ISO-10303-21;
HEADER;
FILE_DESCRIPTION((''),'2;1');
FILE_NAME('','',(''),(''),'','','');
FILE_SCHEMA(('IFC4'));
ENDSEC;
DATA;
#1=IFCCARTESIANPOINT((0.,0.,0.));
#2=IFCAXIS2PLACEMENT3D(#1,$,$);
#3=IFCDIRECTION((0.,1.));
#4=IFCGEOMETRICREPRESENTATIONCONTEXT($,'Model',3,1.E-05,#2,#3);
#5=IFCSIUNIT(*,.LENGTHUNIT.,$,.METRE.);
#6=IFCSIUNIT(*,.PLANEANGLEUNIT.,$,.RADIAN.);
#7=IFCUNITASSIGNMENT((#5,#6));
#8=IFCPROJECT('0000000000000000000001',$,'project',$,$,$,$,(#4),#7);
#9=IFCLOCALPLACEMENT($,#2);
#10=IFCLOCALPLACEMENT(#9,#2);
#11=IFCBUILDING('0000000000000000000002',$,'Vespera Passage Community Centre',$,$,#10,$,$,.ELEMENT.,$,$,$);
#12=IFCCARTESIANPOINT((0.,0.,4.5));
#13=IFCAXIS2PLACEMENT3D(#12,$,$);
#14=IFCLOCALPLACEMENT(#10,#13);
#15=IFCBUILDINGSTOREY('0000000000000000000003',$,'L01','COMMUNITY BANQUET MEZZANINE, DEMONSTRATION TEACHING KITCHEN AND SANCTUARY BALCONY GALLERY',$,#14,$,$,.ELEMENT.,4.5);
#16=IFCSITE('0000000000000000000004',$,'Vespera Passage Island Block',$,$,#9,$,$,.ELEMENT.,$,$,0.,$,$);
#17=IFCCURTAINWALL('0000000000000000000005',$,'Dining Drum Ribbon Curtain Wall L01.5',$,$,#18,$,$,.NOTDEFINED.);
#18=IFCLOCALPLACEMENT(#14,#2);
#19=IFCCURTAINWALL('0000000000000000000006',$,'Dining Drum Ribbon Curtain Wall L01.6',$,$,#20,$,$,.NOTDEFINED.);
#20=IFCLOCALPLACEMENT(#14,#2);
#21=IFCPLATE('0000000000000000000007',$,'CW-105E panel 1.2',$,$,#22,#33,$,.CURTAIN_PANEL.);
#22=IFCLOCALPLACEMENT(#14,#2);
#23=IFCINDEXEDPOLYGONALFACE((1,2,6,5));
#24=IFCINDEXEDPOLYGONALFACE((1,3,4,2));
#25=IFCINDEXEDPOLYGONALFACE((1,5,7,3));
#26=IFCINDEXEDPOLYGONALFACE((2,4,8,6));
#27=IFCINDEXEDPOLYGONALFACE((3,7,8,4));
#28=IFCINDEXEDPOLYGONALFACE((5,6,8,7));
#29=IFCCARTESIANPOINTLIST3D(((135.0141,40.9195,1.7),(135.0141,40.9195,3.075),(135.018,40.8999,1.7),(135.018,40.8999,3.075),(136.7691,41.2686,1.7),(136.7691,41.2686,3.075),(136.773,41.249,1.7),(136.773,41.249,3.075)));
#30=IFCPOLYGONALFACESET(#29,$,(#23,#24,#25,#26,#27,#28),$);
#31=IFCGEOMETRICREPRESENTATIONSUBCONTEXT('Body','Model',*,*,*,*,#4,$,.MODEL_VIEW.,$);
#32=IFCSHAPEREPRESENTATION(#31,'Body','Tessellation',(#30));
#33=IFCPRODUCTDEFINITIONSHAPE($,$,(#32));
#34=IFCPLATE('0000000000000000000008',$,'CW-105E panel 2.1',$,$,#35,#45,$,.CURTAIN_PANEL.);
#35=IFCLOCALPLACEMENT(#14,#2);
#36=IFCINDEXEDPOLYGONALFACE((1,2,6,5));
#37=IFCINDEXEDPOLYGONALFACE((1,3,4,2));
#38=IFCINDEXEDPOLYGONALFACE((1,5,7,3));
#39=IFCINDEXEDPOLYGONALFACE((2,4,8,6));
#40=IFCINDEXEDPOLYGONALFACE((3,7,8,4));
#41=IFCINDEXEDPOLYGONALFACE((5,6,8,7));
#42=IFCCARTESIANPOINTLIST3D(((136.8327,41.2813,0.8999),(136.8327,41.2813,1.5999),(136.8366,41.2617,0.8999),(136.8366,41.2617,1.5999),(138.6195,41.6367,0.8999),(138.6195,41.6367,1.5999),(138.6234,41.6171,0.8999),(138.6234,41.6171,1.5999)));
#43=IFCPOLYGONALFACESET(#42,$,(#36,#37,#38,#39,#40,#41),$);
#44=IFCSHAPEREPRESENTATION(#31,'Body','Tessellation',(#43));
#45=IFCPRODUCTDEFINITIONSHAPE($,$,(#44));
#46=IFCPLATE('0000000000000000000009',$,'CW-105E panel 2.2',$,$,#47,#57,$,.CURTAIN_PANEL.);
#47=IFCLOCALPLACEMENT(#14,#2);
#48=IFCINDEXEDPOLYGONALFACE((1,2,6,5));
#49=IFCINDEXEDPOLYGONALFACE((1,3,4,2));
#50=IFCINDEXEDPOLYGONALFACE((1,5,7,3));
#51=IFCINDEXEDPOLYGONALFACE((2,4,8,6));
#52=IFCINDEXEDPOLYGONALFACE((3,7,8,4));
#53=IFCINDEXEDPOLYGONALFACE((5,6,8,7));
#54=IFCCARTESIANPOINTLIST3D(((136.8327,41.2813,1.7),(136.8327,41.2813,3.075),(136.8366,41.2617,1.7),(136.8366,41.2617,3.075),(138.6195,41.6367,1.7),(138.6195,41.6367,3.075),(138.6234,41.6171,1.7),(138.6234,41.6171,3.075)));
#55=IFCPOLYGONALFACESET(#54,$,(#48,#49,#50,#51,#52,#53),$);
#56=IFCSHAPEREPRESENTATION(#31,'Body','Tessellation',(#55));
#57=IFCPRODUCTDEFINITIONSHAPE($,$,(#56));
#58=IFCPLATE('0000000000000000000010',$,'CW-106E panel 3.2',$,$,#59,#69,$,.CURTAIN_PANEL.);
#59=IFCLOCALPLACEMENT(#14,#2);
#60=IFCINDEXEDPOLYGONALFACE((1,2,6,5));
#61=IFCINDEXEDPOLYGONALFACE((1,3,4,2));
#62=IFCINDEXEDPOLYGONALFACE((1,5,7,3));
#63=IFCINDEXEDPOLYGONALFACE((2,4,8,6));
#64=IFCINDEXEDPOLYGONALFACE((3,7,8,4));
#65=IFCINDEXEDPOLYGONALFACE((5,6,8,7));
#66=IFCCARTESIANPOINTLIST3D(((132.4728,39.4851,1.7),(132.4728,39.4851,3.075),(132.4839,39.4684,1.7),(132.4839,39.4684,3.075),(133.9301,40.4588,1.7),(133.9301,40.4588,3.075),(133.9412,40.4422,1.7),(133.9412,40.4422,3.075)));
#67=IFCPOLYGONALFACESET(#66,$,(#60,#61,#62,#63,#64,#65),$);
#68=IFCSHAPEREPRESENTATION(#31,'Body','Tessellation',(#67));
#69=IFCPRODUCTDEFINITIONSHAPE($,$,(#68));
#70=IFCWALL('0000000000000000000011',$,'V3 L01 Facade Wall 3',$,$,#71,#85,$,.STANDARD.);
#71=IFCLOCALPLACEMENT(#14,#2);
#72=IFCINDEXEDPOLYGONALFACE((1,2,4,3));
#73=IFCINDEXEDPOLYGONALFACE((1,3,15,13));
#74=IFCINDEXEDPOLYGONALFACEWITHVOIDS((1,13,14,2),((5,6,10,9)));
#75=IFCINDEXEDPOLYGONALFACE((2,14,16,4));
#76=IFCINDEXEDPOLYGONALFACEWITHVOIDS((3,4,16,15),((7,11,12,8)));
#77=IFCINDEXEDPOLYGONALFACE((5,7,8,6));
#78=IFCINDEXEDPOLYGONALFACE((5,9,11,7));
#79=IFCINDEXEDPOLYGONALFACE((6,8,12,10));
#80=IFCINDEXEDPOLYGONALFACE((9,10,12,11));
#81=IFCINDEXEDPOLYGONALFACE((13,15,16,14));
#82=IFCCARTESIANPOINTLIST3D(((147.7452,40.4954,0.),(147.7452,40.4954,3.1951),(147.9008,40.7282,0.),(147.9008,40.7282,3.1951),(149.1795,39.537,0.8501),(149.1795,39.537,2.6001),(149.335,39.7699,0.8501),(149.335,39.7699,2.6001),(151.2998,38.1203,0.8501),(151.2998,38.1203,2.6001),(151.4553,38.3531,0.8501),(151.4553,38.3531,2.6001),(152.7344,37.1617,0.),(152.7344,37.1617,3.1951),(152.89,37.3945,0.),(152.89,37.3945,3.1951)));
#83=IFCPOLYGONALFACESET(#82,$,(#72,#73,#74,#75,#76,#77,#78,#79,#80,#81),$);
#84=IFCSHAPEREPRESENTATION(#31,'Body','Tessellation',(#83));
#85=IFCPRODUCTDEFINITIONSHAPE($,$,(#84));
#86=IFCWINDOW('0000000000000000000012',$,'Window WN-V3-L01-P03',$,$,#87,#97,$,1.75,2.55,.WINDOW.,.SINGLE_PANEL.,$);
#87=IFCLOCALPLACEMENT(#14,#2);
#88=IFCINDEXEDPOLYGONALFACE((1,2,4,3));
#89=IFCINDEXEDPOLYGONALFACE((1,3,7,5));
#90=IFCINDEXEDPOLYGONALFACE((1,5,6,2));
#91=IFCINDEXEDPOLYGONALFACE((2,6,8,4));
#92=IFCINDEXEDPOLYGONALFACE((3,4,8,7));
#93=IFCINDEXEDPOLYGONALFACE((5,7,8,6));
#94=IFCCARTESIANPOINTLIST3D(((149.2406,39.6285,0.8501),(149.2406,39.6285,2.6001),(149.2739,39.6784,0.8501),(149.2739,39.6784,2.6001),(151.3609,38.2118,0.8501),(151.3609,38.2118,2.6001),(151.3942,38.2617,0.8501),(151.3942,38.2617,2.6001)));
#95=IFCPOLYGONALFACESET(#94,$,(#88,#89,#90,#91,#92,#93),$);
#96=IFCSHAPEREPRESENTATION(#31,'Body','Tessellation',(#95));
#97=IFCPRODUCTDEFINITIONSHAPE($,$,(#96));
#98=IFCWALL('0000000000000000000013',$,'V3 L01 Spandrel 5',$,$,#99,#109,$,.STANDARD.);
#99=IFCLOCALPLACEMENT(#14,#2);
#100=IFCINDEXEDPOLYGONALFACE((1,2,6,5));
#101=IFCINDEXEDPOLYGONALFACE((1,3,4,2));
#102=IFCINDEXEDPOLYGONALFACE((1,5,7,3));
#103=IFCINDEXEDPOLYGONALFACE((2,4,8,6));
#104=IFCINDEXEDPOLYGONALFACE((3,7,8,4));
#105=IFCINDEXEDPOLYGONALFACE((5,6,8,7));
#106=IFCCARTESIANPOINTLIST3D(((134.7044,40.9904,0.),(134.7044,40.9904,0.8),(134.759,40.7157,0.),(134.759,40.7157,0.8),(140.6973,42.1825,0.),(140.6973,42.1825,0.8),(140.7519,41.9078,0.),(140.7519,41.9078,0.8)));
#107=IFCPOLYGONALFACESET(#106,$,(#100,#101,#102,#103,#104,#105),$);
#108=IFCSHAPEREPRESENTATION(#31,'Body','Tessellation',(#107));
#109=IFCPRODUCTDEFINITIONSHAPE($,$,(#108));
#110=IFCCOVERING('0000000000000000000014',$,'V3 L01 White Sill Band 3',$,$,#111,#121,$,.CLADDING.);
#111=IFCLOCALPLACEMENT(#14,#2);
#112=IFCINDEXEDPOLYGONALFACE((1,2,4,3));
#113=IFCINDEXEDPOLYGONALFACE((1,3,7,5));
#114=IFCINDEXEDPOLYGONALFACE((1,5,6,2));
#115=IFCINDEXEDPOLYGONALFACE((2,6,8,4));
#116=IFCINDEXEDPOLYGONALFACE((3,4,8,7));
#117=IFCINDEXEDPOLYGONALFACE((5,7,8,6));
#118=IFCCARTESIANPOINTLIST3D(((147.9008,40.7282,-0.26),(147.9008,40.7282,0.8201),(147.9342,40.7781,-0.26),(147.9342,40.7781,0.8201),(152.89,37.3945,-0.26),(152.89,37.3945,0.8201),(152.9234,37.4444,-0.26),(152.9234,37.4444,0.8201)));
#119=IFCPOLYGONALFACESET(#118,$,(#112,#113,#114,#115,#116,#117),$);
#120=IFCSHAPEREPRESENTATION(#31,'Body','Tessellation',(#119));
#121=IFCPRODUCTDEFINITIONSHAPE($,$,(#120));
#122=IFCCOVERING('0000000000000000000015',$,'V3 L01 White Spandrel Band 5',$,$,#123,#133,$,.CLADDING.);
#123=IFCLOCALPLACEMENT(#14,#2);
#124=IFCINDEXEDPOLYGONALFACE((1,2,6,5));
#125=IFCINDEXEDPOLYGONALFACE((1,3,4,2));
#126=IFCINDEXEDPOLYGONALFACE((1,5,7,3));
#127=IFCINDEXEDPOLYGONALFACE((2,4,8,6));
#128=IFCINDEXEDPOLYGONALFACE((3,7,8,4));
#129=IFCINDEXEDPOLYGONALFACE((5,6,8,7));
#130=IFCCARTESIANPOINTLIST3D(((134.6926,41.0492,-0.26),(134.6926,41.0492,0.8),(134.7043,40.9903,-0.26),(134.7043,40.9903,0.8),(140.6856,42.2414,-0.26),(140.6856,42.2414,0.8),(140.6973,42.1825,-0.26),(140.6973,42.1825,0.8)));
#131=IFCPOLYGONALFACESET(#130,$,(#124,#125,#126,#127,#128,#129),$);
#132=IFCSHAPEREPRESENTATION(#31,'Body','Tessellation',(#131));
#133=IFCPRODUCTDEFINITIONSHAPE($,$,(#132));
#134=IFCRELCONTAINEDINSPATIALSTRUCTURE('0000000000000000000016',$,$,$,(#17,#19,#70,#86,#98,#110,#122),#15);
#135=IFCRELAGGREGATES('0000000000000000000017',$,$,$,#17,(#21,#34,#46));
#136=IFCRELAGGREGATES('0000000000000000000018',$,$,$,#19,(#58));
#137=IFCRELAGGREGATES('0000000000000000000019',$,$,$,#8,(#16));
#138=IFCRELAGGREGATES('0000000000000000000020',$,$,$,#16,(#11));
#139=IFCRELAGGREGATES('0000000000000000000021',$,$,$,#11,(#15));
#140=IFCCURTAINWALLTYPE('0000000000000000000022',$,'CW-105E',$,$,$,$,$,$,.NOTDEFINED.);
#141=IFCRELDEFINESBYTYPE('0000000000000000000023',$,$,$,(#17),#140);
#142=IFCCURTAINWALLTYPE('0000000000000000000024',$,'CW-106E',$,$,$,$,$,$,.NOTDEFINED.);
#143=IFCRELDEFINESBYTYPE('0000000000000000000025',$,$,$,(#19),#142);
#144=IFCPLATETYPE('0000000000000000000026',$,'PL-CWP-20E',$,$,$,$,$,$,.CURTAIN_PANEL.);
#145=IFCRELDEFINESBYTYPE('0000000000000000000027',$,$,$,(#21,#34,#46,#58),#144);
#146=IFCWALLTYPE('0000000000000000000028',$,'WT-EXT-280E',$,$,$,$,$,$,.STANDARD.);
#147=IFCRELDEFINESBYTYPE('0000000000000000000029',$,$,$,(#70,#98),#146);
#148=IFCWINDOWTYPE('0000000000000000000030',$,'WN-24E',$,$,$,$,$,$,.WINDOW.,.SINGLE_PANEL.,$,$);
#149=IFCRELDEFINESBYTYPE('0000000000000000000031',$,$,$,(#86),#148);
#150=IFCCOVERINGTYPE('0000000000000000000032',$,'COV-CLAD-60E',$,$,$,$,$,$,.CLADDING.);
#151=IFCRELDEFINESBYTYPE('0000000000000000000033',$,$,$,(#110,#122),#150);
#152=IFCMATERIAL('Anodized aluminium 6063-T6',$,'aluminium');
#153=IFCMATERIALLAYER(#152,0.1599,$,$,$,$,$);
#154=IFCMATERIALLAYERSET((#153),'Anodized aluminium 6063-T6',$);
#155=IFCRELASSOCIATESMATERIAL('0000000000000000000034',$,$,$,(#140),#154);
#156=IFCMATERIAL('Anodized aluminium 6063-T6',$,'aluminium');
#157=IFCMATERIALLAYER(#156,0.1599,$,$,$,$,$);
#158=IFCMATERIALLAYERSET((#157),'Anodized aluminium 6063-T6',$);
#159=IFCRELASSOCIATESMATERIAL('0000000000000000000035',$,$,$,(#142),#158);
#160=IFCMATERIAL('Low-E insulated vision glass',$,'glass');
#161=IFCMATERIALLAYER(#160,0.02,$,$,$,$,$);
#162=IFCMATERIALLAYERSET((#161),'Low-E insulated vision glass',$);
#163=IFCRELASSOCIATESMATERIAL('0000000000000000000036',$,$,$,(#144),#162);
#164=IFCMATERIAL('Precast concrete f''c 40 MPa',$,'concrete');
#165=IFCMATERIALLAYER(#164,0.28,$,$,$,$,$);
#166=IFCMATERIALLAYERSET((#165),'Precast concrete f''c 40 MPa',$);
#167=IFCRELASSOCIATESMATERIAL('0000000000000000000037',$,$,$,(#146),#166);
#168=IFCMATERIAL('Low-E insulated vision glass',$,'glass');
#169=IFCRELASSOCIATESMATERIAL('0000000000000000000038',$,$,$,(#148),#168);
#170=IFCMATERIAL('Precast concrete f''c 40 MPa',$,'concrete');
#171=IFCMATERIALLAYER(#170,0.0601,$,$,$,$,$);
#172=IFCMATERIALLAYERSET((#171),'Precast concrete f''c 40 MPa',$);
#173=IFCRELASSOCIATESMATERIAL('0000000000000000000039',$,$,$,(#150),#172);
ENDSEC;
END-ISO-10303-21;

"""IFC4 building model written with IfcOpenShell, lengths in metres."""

from ifc_helpers import new_model, si_unit, direction, frame, frame_2d, origin, origin_2d, place, context, subcontext, project, spatial, rectangle, extrude, material, layer, layer_set, type_object, element, fill, aggregate, save


model = new_model("IFC4")

# Units and contexts
model_context = context("Model", 3, precision=1e-05, world=origin(), true_north=direction((0.0, 1.0)))
body_context = subcontext(model_context, "Body", "Model", "MODEL_VIEW")
ifc_project = project(units=[si_unit("LENGTHUNIT", "METRE"), si_unit("PLANEANGLEUNIT", "RADIAN")], contexts=[model_context])

# Site, building, storey
site_placement = place(None, origin())
site = spatial("IfcSite", under=ifc_project, at=site_placement, Name="Vespera Passage Island Block", CompositionType="ELEMENT", RefElevation=0.0)
building_placement = place(site_placement, origin())
building = spatial("IfcBuilding", under=site, at=building_placement, Name="Vespera Passage Community Centre", CompositionType="ELEMENT")
storey_placement = place(building_placement, frame((0.0, 0.0, 4.5)))
storey = spatial("IfcBuildingStorey", under=building, at=storey_placement, Name="L01", Description="COMMUNITY BANQUET MEZZANINE, DEMONSTRATION TEACHING KITCHEN AND SANCTUARY BALCONY GALLERY", CompositionType="ELEMENT", Elevation=4.5)

# Curtain wall
ifc_material_1 = material(Name="Anodized aluminium 6063-T6", Category="aluminium")
ifc_layer_1 = layer(ifc_material_1, 0.1599)
ifc_layer_set_1 = layer_set([ifc_layer_1], Name="Anodized aluminium 6063-T6")
curtain_wall_type_1 = type_object("IfcCurtainWallType", Name="CW-105E", PredefinedType="NOTDEFINED", material=ifc_layer_set_1)
curtain_wall_1_placement = place(storey_placement, origin())
curtain_wall_1 = element("IfcCurtainWall", 1, at=curtain_wall_1_placement, inside=storey, type_object=curtain_wall_type_1, Name="Dining Drum Ribbon Curtain Wall L01.5", PredefinedType="NOTDEFINED")

# Curtain wall
ifc_material_2 = material(Name="Anodized aluminium 6063-T6", Category="aluminium")
ifc_layer_2 = layer(ifc_material_2, 0.1599)
ifc_layer_set_2 = layer_set([ifc_layer_2], Name="Anodized aluminium 6063-T6")
curtain_wall_type_2 = type_object("IfcCurtainWallType", Name="CW-106E", PredefinedType="NOTDEFINED", material=ifc_layer_set_2)
curtain_wall_2_placement = place(storey_placement, origin())
curtain_wall_2 = element("IfcCurtainWall", 2, at=curtain_wall_2_placement, inside=storey, type_object=curtain_wall_type_2, Name="Dining Drum Ribbon Curtain Wall L01.6", PredefinedType="NOTDEFINED")

# Plates
ifc_material_3 = material(Name="Low-E insulated vision glass", Category="glass")
ifc_layer_3 = layer(ifc_material_3, 0.02)
ifc_layer_set_3 = layer_set([ifc_layer_3], Name="Low-E insulated vision glass")
plate_type = type_object("IfcPlateType", Name="PL-CWP-20E", PredefinedType="CURTAIN_PANEL", material=ifc_layer_set_3)
plate_1_placement = place(storey_placement, frame((135.8936, 41.0842, 1.7), z_axis=(0.0, 0.0, 1.0), x_axis=(0.980784, 0.195097, 0.0)))
plate_1 = element("IfcPlate", 3, at=plate_1_placement, type_object=plate_type, Name="CW-105E panel 1.2", PredefinedType="CURTAIN_PANEL", context=body_context, shape_type="SweptSolid", body=[
    extrude(rectangle(XDim=1.7893, YDim=0.02, at=origin_2d()), origin(), (0.0, 0.0, 1.0), 1.375),
])
plate_2_placement = place(storey_placement, frame((137.728, 41.4492, 0.8999), z_axis=(0.0, 0.0, 1.0), x_axis=(0.980784, 0.195097, 0.0)))
plate_2 = element("IfcPlate", 4, at=plate_2_placement, type_object=plate_type, Name="CW-105E panel 2.1", PredefinedType="CURTAIN_PANEL", context=body_context, shape_type="SweptSolid", body=[
    extrude(rectangle(XDim=1.8218, YDim=0.02, at=origin_2d()), origin(), (0.0, 0.0, 1.0), 0.7),
])
plate_3_placement = place(storey_placement, frame((137.728, 41.4492, 1.7), z_axis=(0.0, 0.0, 1.0), x_axis=(0.980784, 0.195097, 0.0)))
plate_3 = element("IfcPlate", 5, at=plate_3_placement, type_object=plate_type, Name="CW-105E panel 2.2", PredefinedType="CURTAIN_PANEL", context=body_context, shape_type="SweptSolid", body=[
    extrude(rectangle(XDim=1.8218, YDim=0.02, at=origin_2d()), origin(), (0.0, 0.0, 1.0), 1.375),
])
aggregate(curtain_wall_1, [plate_1, plate_2, plate_3])
plate_4_placement = place(storey_placement, frame((133.207, 39.9636, 1.7), z_axis=(0.0, 0.0, 1.0), x_axis=(0.831473, 0.555565, 0.0)))
plate_4 = element("IfcPlate", 6, at=plate_4_placement, type_object=plate_type, Name="CW-106E panel 3.2", PredefinedType="CURTAIN_PANEL", context=body_context, shape_type="SweptSolid", body=[
    extrude(rectangle(XDim=1.7527, YDim=0.02, at=origin_2d()), origin(), (0.0, 0.0, 1.0), 1.375),
])
aggregate(curtain_wall_2, [plate_4])

# Wall, opening, window
ifc_material_4 = material(Name="Precast concrete f'c 40 MPa", Category="concrete")
ifc_layer_4 = layer(ifc_material_4, 0.28)
ifc_layer_set_4 = layer_set([ifc_layer_4], Name="Precast concrete f'c 40 MPa")
wall_type = type_object("IfcWallType", Name="WT-EXT-280E", PredefinedType="STANDARD", material=ifc_layer_set_4)
wall_1_placement = place(storey_placement, frame((147.823, 40.6118, 0.0), z_axis=(0.0, 0.0, 1.0), x_axis=(0.831468, -0.555573, 0.0)))
wall_1 = element("IfcWall", 7, at=wall_1_placement, inside=storey, type_object=wall_type, Name="V3 L01 Facade Wall 3", PredefinedType="STANDARD", context=body_context, shape_type="SweptSolid", body=[
    extrude(rectangle(XDim=6.0005, YDim=0.28, at=frame_2d((3.0002, 0.0))), origin(), (0.0, 0.0, 1.0), 3.1951),
])
opening_placement = place(wall_1_placement, frame((1.7251, 0.0, 0.8501)))
opening = element("IfcOpeningElement", 8, at=opening_placement, cuts=wall_1, PredefinedType="OPENING", context=body_context, shape_type="SweptSolid", body=[
    extrude(rectangle(XDim=2.55, YDim=1.75, at=frame_2d((1.2749, 0.875))), frame((0.0, 0.1501, 0.0), z_axis=(0.0, -1.0, 0.0), x_axis=(1.0, 0.0, 0.0)), (0.0, 0.0, 1.0), 0.3),
])
ifc_material_5 = material(Name="Low-E insulated vision glass", Category="glass")
window_type = type_object("IfcWindowType", Name="WN-24E", PartitioningType="SINGLE_PANEL", PredefinedType="WINDOW", material=ifc_material_5)
window_placement = place(opening_placement, origin())
window = element("IfcWindow", 9, at=window_placement, inside=storey, type_object=window_type, Name="Window WN-V3-L01-P03", OverallHeight=1.75, OverallWidth=2.55, PartitioningType="SINGLE_PANEL", PredefinedType="WINDOW", context=body_context, shape_type="SweptSolid", body=[
    extrude(rectangle(XDim=2.55, YDim=1.75, at=frame_2d((1.2749, 0.875))), frame((0.0, 0.03, 0.0), z_axis=(0.0, -1.0, 0.0), x_axis=(1.0, 0.0, 0.0)), (0.0, 0.0, 1.0), 0.0601),
])
fill(opening, window)

# Wall
wall_2_placement = place(storey_placement, frame((134.7317, 40.853, 0.0), z_axis=(0.0, 0.0, 1.0), x_axis=(0.980783, 0.195102, 0.0)))
element("IfcWall", 10, at=wall_2_placement, inside=storey, type_object=wall_type, Name="V3 L01 Spandrel 5", PredefinedType="STANDARD", context=body_context, shape_type="SweptSolid", body=[
    extrude(rectangle(XDim=6.1104, YDim=0.28, at=frame_2d((3.0552, 0.0))), origin(), (0.0, 0.0, 1.0), 0.8),
])

# Coverings
ifc_material_6 = material(Name="Precast concrete f'c 40 MPa", Category="concrete")
ifc_layer_5 = layer(ifc_material_6, 0.0601)
ifc_layer_set_5 = layer_set([ifc_layer_5], Name="Precast concrete f'c 40 MPa")
covering_type = type_object("IfcCoveringType", Name="COV-CLAD-60E", PredefinedType="CLADDING", material=ifc_layer_set_5)
covering_1_placement = place(storey_placement, frame((147.9175, 40.7532, -0.26), z_axis=(0.0, 0.0, 1.0), x_axis=(0.831468, -0.555573, 0.0)))
element("IfcCovering", 11, at=covering_1_placement, inside=storey, type_object=covering_type, Name="V3 L01 White Sill Band 3", PredefinedType="CLADDING", context=body_context, shape_type="SweptSolid", body=[
    extrude(rectangle(XDim=6.0005, YDim=0.0601, at=frame_2d((3.0002, 0.0))), origin(), (0.0, 0.0, 1.0), 1.0801),
])
covering_2_placement = place(storey_placement, frame((134.6985, 41.0198, -0.26), z_axis=(0.0, 0.0, 1.0), x_axis=(0.980783, 0.195102, 0.0)))
element("IfcCovering", 12, at=covering_2_placement, inside=storey, type_object=covering_type, Name="V3 L01 White Spandrel Band 5", PredefinedType="CLADDING", context=body_context, shape_type="SweptSolid", body=[
    extrude(rectangle(XDim=6.1104, YDim=0.0601, at=frame_2d((3.0552, 0.0))), origin(), (0.0, 0.0, 1.0), 1.0601),
])

save(model, "model.ifc")
